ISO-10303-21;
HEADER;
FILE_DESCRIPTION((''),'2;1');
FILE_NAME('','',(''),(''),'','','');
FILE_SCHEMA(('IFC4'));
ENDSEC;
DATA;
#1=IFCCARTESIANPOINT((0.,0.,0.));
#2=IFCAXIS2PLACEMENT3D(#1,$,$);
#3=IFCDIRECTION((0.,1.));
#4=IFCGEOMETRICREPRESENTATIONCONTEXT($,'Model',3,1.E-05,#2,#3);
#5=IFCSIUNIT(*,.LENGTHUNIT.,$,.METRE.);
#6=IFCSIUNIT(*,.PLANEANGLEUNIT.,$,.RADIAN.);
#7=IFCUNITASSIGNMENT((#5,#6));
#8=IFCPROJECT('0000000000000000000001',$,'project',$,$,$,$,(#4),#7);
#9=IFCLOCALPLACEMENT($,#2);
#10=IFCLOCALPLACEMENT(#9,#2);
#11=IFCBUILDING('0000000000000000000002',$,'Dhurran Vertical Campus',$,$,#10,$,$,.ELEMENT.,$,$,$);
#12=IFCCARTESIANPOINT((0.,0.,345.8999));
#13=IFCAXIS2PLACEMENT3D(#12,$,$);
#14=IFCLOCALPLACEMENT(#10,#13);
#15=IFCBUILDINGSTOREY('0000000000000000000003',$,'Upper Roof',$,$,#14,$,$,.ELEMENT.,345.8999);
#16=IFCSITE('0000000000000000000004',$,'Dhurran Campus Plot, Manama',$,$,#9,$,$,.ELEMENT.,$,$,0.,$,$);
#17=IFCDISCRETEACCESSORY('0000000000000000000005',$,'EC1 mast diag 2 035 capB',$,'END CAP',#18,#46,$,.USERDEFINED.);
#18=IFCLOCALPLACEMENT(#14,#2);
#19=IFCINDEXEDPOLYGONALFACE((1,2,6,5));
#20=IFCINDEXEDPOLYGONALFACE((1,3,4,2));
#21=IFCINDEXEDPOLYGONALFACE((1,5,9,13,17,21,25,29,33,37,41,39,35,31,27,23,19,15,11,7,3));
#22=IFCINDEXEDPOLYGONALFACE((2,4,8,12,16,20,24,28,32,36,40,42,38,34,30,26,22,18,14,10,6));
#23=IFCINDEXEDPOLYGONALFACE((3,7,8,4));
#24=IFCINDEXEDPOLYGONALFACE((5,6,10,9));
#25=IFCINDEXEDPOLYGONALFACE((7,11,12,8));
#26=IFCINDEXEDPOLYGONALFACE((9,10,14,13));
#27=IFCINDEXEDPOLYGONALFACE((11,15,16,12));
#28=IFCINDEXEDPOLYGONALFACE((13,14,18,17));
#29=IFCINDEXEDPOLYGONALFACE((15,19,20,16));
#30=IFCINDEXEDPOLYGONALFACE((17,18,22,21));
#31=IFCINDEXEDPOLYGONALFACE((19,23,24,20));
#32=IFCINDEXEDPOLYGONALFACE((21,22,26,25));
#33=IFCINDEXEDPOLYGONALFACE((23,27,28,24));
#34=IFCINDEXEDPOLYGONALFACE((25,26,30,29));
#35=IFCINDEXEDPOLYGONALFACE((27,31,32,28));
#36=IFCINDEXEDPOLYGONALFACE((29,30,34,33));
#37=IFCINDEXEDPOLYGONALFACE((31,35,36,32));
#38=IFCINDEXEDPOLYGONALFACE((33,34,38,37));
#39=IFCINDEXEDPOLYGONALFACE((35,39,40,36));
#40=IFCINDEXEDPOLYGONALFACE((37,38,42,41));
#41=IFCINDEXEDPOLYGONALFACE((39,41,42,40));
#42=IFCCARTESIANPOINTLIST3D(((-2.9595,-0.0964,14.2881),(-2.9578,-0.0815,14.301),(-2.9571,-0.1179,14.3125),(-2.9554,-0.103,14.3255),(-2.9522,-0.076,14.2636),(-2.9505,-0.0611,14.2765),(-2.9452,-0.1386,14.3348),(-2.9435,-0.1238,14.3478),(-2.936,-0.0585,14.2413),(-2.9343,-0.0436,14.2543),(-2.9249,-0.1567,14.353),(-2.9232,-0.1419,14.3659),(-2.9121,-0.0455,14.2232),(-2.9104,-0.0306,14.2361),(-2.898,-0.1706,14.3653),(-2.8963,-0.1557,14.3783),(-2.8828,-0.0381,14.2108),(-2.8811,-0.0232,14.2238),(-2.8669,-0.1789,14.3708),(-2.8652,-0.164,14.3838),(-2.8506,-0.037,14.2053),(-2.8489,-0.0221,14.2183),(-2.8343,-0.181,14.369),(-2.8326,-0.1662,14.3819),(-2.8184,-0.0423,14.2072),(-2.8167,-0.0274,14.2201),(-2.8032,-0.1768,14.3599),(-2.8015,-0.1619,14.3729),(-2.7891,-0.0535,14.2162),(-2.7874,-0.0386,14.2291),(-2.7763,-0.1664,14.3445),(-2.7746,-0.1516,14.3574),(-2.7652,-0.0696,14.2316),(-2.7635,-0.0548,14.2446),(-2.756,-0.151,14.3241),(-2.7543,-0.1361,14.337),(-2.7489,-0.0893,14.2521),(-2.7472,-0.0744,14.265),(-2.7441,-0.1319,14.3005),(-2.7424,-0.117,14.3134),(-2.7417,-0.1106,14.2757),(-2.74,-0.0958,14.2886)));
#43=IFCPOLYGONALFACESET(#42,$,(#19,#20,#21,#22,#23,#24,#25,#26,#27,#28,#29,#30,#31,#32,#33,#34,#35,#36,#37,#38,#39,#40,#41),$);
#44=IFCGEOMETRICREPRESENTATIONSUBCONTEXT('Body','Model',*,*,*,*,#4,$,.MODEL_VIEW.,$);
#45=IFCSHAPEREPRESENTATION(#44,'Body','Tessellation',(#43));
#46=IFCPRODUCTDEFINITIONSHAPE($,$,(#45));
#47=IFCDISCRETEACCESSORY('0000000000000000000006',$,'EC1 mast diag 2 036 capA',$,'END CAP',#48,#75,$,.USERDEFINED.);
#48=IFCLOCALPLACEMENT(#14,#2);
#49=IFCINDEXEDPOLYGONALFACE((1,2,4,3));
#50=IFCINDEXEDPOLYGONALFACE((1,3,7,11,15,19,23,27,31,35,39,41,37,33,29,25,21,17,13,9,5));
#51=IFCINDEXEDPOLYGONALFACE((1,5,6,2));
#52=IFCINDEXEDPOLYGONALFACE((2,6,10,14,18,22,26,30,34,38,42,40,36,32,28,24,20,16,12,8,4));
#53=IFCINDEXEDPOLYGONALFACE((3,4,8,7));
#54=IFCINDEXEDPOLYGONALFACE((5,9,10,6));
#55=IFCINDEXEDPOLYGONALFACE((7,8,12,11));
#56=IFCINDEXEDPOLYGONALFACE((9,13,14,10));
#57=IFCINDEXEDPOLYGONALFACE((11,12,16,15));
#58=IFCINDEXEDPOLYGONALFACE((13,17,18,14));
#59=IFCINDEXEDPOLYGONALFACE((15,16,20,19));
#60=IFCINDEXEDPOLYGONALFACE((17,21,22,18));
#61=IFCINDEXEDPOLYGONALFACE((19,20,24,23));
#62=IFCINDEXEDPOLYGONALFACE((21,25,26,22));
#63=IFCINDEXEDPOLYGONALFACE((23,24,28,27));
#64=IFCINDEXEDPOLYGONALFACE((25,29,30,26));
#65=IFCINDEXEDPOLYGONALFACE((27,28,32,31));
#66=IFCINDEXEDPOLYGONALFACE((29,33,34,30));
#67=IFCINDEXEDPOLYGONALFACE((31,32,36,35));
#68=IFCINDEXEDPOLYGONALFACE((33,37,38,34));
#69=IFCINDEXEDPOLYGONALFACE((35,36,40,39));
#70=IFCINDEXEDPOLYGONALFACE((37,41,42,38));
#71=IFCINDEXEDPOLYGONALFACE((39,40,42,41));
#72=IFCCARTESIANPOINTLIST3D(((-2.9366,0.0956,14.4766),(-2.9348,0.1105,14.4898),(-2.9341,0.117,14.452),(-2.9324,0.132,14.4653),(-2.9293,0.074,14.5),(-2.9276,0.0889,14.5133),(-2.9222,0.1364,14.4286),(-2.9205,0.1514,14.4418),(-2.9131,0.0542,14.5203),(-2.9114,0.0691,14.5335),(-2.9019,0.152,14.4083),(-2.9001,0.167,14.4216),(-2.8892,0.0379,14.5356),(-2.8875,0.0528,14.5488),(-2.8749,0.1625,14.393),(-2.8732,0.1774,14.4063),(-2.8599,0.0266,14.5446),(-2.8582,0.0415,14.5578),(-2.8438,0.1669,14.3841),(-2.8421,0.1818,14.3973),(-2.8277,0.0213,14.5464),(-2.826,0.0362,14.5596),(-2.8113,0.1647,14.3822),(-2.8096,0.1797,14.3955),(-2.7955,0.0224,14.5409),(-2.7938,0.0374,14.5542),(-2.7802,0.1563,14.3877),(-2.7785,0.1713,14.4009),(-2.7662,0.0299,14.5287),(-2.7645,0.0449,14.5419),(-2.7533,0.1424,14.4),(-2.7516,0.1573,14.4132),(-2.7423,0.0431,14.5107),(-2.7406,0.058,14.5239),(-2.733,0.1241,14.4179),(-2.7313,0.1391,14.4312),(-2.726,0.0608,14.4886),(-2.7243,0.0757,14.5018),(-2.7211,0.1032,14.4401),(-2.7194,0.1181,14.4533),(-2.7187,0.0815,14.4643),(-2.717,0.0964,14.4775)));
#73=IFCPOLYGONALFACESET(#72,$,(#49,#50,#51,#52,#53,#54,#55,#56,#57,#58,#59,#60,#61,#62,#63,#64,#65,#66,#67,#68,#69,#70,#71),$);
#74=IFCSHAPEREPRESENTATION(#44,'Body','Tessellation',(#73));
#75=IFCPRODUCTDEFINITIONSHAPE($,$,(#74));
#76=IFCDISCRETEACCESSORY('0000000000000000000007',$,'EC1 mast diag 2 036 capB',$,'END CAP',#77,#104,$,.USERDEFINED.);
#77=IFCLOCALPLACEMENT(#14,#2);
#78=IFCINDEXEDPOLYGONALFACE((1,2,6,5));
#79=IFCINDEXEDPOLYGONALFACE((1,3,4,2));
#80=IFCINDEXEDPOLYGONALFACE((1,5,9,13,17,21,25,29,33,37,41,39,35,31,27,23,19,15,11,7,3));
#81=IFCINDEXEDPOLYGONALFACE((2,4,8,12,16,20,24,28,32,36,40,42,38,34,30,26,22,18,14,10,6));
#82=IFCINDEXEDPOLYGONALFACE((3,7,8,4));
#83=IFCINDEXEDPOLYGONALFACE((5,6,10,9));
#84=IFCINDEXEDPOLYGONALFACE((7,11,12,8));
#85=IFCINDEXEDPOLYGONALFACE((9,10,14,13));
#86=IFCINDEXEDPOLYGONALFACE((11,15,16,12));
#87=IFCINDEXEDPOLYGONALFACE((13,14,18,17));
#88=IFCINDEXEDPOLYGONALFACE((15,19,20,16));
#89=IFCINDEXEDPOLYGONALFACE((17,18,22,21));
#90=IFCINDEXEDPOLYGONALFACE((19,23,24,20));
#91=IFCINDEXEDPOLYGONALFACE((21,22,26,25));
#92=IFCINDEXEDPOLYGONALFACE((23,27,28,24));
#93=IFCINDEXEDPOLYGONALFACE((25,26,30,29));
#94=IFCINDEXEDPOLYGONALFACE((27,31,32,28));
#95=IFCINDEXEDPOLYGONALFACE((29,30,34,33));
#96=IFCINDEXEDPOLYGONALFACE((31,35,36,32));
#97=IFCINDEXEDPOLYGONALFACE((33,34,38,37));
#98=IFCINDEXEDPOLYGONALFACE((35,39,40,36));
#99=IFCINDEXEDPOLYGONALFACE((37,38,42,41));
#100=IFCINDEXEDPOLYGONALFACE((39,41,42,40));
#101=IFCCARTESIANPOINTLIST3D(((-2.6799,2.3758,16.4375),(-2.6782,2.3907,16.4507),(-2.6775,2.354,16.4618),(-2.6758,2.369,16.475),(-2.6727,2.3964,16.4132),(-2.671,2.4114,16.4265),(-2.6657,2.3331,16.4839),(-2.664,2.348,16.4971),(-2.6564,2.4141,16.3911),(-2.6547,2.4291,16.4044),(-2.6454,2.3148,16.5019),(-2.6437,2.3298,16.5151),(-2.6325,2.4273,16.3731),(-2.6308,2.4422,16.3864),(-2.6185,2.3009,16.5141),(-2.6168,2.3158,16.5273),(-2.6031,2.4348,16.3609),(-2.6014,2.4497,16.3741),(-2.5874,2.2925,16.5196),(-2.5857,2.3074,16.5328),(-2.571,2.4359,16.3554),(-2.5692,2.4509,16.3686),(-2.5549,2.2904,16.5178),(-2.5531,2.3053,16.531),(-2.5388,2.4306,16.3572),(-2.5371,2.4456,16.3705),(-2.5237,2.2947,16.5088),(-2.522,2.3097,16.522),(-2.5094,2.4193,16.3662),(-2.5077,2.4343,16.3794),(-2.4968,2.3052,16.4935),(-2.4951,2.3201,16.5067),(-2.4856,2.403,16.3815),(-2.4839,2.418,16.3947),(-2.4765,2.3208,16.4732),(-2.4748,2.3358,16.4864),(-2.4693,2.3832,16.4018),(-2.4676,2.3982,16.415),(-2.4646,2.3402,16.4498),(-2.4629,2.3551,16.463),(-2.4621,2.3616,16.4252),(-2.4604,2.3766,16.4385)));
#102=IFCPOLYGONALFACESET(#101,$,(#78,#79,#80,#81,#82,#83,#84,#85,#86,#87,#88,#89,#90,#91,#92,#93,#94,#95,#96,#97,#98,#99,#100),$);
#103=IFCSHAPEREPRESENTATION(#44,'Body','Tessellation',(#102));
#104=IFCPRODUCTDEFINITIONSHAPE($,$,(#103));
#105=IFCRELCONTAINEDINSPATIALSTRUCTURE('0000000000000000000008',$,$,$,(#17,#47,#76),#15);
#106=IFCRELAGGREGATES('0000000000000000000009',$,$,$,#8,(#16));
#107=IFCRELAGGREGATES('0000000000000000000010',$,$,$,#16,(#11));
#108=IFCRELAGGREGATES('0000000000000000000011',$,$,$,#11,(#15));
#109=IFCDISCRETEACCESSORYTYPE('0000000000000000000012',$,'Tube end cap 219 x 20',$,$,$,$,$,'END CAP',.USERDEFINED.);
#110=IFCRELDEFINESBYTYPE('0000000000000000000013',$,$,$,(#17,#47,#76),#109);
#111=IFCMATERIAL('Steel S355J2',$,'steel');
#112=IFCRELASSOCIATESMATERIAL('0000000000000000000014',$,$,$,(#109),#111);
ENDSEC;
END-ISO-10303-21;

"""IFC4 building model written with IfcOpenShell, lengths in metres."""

from ifc_helpers import new_model, si_unit, direction, frame, origin, origin_2d, place, context, subcontext, project, spatial, circle, extrude, material, material_profile, profile_set, type_object, element, save


model = new_model("IFC4")

# Units and contexts
model_context = context("Model", 3, precision=1e-05, world=origin(), true_north=direction((0.0, 1.0)))
body_context = subcontext(model_context, "Body", "Model", "MODEL_VIEW")
ifc_project = project(units=[si_unit("LENGTHUNIT", "METRE"), si_unit("PLANEANGLEUNIT", "RADIAN")], contexts=[model_context])

# Site, building, storey
site_placement = place(None, origin())
site = spatial("IfcSite", under=ifc_project, at=site_placement, Name="Dhurran Campus Plot, Manama", CompositionType="ELEMENT", RefElevation=0.0)
building_placement = place(site_placement, origin())
building = spatial("IfcBuilding", under=site, at=building_placement, Name="Dhurran Vertical Campus", CompositionType="ELEMENT")
storey_placement = place(building_placement, frame((0.0, 0.0, 345.8999)))
storey = spatial("IfcBuildingStorey", under=building, at=storey_placement, Name="Upper Roof", CompositionType="ELEMENT", Elevation=345.8999)

# Discrete accessories
ifc_material_1 = material(Name="Steel S355J2", Category="steel")
ifc_material_profile_1 = material_profile(ifc_material_1, circle(Radius=0.1096, at=origin_2d()), Name="Tube end cap 219 x 20")
ifc_profile_set_1 = profile_set([ifc_material_profile_1], Name="Steel S355J2")
discrete_accessory_type = type_object("IfcDiscreteAccessoryType", Name="Tube end cap 219 x 20", ElementType="END CAP", PredefinedType="USERDEFINED", material=ifc_profile_set_1)
discrete_accessory_1_placement = place(storey_placement, frame((-2.8506, -0.1089, 14.2881), z_axis=(0.086301, 0.752056, 0.653425), x_axis=(-0.99348, 0.114006, 0.0)))
element("IfcDiscreteAccessory", 1, at=discrete_accessory_1_placement, inside=storey, type_object=discrete_accessory_type, Name="EC1 mast diag 2 035 capB", ObjectType="END CAP", PredefinedType="USERDEFINED", context=body_context, shape_type="SweptSolid", body=[
    extrude(circle(Radius=0.1096, at=origin_2d()), origin(), (0.0, 0.0, 1.0), 0.0198),
])
for number, where, z_axis, x_axis, name in (
    (2, (-2.8259, 0.1089, 14.4775), (-0.085608, -0.746013, -0.660405), (0.99348, -0.114006, 0.0), "EC1 mast diag 2 036 capA"),
    (3, (-2.571, 2.3633, 16.4375), (0.085608, 0.746013, 0.660405), (-0.99348, 0.114006, 0.0), "EC1 mast diag 2 036 capB"),
):
    element("IfcDiscreteAccessory", number, at=place(storey_placement, frame(where, z_axis=z_axis, x_axis=x_axis)), inside=storey, type_object=discrete_accessory_type, Name=name, ObjectType="END CAP", PredefinedType="USERDEFINED", context=body_context, shape_type="SweptSolid", body=[
        extrude(circle(Radius=0.1096, at=origin_2d()), origin(), (0.0, 0.0, 1.0), 0.02),
    ])

save(model, "model.ifc")
